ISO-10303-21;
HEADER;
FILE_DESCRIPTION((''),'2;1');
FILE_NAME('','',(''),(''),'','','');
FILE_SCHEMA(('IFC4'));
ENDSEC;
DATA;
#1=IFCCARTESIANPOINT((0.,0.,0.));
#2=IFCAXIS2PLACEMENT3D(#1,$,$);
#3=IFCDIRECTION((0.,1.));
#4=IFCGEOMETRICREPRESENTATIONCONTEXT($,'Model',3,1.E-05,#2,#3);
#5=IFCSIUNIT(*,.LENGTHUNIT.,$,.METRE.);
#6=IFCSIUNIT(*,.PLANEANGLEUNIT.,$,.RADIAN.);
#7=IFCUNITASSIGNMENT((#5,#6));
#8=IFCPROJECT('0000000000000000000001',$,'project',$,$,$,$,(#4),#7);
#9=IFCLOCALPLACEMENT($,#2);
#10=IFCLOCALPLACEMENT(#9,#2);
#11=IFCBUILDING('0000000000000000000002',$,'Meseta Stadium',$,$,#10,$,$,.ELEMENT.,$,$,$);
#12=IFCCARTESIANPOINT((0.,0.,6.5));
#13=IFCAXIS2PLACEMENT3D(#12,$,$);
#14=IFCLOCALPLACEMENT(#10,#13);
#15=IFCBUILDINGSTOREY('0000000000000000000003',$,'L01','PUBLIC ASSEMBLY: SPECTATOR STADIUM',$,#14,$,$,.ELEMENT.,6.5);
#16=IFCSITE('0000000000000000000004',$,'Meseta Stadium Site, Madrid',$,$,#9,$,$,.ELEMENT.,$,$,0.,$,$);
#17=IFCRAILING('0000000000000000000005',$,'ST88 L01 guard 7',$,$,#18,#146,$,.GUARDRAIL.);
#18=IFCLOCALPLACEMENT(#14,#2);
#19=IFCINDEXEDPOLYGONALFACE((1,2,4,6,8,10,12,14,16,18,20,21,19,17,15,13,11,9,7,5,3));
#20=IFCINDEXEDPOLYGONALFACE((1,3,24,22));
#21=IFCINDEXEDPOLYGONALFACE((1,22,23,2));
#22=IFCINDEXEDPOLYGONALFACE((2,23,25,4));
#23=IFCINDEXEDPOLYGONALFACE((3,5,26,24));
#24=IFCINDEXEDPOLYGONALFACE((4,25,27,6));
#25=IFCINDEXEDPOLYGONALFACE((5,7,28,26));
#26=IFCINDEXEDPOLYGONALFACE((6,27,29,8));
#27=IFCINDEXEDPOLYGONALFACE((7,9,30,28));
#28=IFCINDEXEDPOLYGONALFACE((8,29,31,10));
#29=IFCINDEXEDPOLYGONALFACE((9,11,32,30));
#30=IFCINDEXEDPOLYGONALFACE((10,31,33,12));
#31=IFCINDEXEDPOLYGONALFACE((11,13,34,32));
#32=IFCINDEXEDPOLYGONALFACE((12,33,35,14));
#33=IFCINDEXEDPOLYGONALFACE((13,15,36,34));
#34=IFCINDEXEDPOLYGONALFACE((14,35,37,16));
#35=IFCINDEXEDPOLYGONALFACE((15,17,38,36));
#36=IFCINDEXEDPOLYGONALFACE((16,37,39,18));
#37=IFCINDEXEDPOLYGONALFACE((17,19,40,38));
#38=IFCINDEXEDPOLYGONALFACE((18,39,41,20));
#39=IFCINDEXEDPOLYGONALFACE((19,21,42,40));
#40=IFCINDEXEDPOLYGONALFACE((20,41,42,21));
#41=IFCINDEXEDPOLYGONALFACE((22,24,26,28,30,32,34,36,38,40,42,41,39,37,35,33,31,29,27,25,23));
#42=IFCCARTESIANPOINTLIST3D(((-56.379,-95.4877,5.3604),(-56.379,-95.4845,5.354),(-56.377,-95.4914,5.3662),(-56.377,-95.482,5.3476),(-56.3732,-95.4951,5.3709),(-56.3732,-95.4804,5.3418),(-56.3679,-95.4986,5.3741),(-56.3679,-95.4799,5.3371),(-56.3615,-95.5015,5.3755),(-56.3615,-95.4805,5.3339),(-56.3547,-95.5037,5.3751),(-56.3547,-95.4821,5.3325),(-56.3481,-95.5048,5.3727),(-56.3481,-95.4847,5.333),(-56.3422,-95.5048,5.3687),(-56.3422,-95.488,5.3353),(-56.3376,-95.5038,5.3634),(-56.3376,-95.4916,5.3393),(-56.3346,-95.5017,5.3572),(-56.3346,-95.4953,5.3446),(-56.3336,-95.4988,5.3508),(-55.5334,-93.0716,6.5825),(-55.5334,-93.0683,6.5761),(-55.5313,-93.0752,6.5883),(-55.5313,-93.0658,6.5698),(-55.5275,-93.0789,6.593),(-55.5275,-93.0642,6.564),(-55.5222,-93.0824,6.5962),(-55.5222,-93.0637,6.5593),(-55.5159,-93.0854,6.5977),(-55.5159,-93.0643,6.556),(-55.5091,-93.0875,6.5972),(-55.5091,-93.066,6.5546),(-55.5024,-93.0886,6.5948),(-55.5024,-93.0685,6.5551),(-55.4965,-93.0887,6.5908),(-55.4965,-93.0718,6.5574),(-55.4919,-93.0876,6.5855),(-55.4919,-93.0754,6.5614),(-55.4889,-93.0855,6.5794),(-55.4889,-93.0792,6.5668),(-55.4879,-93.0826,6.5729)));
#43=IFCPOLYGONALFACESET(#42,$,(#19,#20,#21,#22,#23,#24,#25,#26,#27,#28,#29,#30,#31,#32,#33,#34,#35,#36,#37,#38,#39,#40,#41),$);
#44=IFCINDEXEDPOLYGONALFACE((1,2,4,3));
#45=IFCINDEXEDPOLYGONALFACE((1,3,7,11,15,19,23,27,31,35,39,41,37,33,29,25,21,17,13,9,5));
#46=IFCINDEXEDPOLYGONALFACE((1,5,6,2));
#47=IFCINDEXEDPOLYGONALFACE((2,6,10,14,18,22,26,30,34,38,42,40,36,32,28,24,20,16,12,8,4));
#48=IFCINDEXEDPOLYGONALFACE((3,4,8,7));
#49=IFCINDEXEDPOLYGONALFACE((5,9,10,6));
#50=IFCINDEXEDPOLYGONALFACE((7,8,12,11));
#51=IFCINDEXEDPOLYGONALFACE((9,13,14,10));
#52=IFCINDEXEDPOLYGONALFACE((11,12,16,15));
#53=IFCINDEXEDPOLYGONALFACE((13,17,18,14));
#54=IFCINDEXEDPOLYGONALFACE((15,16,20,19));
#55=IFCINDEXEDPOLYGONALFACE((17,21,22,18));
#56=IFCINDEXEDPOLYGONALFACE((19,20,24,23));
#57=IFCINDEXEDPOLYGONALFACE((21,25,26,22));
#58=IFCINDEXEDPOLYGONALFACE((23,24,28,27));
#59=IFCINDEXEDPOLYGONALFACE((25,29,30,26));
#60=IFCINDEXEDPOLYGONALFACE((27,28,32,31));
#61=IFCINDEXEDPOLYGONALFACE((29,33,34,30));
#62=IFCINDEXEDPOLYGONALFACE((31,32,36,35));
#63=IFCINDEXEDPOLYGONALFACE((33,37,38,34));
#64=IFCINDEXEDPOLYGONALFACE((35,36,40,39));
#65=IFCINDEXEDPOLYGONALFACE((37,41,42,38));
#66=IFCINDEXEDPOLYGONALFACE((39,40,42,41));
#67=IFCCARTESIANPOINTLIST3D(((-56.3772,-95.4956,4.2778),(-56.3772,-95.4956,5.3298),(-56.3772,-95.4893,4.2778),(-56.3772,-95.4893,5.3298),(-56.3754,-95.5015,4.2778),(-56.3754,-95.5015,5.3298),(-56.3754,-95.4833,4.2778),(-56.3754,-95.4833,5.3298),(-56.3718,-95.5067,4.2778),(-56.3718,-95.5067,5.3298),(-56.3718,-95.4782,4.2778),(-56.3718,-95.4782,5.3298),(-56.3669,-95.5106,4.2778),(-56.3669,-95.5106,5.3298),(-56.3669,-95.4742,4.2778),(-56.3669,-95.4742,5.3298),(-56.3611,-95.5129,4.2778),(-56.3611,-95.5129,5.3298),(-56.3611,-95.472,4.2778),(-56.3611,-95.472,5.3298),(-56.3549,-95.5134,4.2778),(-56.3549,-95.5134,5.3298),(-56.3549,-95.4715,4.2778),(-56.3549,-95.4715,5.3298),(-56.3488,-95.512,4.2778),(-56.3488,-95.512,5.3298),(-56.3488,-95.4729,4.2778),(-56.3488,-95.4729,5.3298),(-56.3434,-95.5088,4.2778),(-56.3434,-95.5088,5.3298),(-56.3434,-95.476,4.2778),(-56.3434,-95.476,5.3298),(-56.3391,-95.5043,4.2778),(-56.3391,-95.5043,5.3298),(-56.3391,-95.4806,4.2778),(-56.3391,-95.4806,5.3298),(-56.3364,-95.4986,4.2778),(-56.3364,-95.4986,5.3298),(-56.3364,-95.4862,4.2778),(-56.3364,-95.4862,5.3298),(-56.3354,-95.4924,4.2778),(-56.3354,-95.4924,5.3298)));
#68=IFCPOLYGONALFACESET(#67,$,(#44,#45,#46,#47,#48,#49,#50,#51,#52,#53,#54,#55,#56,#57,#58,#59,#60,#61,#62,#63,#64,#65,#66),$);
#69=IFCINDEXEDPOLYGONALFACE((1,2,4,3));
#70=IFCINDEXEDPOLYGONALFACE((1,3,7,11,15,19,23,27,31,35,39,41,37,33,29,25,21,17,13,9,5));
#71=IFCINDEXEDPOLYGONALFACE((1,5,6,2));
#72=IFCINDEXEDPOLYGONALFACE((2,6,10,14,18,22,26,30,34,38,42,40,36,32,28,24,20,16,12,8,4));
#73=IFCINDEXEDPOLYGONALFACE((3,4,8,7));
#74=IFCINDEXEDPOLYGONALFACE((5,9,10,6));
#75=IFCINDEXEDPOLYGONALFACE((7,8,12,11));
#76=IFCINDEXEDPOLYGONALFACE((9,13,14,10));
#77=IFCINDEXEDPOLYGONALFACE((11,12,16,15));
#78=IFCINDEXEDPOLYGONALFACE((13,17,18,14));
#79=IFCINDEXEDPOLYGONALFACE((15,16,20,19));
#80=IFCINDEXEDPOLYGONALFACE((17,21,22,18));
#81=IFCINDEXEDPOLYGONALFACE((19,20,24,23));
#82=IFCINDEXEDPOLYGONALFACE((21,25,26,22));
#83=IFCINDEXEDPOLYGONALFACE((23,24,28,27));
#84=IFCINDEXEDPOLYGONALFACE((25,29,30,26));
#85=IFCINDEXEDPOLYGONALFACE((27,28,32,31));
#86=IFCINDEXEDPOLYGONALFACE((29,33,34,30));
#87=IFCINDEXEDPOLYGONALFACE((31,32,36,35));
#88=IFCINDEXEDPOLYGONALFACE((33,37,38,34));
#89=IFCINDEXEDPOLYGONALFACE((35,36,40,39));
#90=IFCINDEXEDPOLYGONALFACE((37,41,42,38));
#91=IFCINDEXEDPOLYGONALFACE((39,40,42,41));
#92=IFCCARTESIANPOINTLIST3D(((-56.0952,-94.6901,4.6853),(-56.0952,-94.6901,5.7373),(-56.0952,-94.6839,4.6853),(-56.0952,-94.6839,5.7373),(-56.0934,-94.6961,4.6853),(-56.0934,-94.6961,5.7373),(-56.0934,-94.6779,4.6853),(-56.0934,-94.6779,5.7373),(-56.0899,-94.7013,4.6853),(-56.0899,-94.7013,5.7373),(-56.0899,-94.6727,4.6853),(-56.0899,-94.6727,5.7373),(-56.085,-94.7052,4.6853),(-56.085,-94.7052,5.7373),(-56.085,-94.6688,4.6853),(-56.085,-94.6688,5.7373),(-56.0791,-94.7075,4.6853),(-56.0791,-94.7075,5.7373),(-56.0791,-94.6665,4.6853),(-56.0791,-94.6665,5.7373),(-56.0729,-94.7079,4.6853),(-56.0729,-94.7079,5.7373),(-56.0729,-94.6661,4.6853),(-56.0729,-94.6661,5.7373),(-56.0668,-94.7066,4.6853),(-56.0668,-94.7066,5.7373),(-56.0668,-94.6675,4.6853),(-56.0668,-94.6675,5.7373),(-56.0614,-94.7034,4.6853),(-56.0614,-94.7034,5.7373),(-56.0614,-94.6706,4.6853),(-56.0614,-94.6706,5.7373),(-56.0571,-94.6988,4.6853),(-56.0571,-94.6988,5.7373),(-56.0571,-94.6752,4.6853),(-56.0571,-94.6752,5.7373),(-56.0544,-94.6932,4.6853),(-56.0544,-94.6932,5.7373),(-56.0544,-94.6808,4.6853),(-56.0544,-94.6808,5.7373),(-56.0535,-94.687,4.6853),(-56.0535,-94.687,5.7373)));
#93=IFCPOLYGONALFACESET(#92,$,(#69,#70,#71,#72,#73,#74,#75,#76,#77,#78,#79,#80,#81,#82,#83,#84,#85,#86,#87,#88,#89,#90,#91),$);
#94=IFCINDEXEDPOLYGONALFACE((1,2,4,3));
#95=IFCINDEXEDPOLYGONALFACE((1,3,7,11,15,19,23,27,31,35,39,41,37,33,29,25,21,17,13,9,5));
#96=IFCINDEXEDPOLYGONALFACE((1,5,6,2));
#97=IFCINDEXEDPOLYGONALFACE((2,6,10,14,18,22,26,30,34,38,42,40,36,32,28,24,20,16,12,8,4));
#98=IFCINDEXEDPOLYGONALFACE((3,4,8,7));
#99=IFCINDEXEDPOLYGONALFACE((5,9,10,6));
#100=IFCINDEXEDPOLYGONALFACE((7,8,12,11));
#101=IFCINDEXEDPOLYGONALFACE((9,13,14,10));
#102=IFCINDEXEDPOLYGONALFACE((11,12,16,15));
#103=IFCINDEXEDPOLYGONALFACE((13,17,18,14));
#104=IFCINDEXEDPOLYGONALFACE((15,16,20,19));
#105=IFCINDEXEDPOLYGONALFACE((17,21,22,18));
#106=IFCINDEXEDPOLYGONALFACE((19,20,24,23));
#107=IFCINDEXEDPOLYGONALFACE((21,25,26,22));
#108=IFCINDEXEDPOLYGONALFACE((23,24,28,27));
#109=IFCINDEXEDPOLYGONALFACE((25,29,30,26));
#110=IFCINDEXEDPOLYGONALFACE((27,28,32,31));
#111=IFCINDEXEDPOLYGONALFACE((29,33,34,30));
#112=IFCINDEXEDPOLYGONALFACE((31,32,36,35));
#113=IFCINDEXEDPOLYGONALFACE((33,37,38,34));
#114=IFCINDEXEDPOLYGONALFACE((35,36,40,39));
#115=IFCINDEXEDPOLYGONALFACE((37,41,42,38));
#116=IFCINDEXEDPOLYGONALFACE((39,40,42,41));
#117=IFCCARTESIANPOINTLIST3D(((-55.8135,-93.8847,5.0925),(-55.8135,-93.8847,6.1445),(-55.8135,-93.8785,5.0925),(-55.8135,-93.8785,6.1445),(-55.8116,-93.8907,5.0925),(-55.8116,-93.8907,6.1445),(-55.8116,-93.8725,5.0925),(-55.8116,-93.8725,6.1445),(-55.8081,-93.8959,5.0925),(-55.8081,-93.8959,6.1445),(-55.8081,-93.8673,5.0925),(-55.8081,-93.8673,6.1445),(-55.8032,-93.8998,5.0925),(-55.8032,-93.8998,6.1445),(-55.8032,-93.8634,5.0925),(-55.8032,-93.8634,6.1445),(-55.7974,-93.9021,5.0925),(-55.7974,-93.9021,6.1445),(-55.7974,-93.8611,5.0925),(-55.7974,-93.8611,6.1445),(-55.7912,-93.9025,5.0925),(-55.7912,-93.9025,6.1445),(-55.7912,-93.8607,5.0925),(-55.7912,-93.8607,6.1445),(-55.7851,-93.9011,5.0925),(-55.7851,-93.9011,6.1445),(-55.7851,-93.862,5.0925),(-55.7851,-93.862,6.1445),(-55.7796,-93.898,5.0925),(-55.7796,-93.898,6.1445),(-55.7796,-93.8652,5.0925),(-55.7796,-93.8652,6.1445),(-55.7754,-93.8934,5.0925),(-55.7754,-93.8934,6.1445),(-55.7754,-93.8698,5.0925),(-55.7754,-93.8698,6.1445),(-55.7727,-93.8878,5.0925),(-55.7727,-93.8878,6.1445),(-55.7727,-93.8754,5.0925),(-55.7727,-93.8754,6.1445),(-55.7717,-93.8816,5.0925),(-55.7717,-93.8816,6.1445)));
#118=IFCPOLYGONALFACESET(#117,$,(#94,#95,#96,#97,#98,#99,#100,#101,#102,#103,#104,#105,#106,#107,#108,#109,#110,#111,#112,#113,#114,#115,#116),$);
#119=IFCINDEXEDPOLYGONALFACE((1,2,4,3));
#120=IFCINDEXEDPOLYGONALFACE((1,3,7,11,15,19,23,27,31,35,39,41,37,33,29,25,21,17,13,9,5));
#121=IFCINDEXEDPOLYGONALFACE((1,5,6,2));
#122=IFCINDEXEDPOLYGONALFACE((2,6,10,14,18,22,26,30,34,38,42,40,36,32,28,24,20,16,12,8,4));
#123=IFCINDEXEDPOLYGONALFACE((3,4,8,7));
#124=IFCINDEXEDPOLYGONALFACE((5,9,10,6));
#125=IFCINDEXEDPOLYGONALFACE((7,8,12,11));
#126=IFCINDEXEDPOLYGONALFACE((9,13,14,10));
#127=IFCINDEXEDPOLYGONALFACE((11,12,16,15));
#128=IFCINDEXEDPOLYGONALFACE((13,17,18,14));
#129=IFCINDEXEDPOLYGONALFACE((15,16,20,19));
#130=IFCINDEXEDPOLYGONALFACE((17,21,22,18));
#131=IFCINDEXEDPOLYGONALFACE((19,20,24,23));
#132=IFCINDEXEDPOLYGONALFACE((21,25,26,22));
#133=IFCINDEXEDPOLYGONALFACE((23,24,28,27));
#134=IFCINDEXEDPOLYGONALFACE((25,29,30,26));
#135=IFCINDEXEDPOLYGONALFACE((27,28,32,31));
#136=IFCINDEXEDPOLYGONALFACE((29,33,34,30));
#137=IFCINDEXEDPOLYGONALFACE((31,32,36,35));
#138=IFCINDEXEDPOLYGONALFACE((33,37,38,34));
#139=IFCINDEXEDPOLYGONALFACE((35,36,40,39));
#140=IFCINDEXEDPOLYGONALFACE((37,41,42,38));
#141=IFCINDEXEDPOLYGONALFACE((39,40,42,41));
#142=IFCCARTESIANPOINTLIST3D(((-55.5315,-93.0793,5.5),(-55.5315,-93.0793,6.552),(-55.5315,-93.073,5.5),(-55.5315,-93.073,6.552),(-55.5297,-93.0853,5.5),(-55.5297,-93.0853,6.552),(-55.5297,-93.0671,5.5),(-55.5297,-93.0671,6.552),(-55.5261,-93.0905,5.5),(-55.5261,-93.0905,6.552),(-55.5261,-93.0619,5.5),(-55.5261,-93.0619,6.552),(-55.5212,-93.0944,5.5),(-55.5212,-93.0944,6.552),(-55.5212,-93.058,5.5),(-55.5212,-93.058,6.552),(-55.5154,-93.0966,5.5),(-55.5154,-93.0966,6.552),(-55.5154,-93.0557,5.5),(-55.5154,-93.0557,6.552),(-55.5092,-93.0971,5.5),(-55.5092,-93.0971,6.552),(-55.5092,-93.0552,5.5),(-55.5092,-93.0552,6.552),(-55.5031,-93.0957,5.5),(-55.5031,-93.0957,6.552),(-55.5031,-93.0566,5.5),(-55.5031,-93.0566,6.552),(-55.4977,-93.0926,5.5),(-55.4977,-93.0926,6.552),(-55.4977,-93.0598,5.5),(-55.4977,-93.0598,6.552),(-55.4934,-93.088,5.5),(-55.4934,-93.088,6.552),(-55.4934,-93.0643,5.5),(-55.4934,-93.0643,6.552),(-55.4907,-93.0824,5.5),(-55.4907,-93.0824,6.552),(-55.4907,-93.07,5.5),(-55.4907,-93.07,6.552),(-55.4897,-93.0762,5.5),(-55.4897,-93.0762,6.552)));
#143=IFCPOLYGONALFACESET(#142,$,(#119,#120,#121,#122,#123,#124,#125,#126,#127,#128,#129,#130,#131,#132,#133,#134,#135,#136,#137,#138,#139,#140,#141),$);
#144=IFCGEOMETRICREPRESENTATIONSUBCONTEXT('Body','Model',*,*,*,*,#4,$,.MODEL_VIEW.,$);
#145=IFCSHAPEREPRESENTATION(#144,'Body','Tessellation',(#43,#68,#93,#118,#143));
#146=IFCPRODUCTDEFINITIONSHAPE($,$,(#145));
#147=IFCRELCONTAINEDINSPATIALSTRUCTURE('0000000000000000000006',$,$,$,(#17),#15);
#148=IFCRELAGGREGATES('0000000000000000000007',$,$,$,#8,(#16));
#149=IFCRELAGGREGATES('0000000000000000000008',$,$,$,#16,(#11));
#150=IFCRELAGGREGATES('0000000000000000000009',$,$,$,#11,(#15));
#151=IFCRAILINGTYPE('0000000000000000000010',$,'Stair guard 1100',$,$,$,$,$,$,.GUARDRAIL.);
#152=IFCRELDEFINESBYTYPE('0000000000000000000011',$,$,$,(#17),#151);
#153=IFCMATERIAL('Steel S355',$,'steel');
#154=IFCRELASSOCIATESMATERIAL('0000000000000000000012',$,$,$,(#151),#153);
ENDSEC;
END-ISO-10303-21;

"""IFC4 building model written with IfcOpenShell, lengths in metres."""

from ifc_helpers import new_model, si_unit, direction, frame, origin, origin_2d, place, context, subcontext, project, spatial, circle, extrude, material, type_object, element, save


model = new_model("IFC4")

# Units and contexts
model_context = context("Model", 3, precision=1e-05, world=origin(), true_north=direction((0.0, 1.0)))
body_context = subcontext(model_context, "Body", "Model", "MODEL_VIEW")
ifc_project = project(units=[si_unit("LENGTHUNIT", "METRE"), si_unit("PLANEANGLEUNIT", "RADIAN")], contexts=[model_context])

# Site, building, storey
site_placement = place(None, origin())
site = spatial("IfcSite", under=ifc_project, at=site_placement, Name="Meseta Stadium Site, Madrid", CompositionType="ELEMENT", RefElevation=0.0)
building_placement = place(site_placement, origin())
building = spatial("IfcBuilding", under=site, at=building_placement, Name="Meseta Stadium", CompositionType="ELEMENT")
storey_placement = place(building_placement, frame((0.0, 0.0, 6.5)))
storey = spatial("IfcBuildingStorey", under=building, at=storey_placement, Name="L01", Description="PUBLIC ASSEMBLY: SPECTATOR STADIUM", CompositionType="ELEMENT", Elevation=6.5)

# Railing
ifc_material_1 = material(Name="Steel S355", Category="steel")
railing_type_1 = type_object("IfcRailingType", Name="Stair guard 1100", PredefinedType="GUARDRAIL", material=ifc_material_1)
railing_1_placement = place(storey_placement, frame((-56.3564, -95.4924, 4.2778)))
element("IfcRailing", 1, at=railing_1_placement, inside=storey, type_object=railing_type_1, Name="ST88 L01 guard 7", PredefinedType="GUARDRAIL", context=body_context, shape_type="SweptSolid", body=[
    extrude(circle(Radius=0.0239, at=origin_2d()), frame((0.0, 0.0, 1.0762), z_axis=(0.298123, 0.851767, 0.430832), x_axis=(-0.943857, 0.330355, 0.0)), (0.0, 0.0, 1.0), 2.8367),
    extrude(circle(Radius=0.021, at=origin_2d()), origin(), (0.0, 0.0, 1.0), 1.052),
    extrude(circle(Radius=0.021, at=origin_2d()), frame((0.282, 0.8054, 0.4075)), (0.0, 0.0, 1.0), 1.052),
    extrude(circle(Radius=0.021, at=origin_2d()), frame((0.5637, 1.6108, 0.8147)), (0.0, 0.0, 1.0), 1.052),
    extrude(circle(Radius=0.021, at=origin_2d()), frame((0.8457, 2.4163, 1.2222)), (0.0, 0.0, 1.0), 1.052),
])

save(model, "model.ifc")
